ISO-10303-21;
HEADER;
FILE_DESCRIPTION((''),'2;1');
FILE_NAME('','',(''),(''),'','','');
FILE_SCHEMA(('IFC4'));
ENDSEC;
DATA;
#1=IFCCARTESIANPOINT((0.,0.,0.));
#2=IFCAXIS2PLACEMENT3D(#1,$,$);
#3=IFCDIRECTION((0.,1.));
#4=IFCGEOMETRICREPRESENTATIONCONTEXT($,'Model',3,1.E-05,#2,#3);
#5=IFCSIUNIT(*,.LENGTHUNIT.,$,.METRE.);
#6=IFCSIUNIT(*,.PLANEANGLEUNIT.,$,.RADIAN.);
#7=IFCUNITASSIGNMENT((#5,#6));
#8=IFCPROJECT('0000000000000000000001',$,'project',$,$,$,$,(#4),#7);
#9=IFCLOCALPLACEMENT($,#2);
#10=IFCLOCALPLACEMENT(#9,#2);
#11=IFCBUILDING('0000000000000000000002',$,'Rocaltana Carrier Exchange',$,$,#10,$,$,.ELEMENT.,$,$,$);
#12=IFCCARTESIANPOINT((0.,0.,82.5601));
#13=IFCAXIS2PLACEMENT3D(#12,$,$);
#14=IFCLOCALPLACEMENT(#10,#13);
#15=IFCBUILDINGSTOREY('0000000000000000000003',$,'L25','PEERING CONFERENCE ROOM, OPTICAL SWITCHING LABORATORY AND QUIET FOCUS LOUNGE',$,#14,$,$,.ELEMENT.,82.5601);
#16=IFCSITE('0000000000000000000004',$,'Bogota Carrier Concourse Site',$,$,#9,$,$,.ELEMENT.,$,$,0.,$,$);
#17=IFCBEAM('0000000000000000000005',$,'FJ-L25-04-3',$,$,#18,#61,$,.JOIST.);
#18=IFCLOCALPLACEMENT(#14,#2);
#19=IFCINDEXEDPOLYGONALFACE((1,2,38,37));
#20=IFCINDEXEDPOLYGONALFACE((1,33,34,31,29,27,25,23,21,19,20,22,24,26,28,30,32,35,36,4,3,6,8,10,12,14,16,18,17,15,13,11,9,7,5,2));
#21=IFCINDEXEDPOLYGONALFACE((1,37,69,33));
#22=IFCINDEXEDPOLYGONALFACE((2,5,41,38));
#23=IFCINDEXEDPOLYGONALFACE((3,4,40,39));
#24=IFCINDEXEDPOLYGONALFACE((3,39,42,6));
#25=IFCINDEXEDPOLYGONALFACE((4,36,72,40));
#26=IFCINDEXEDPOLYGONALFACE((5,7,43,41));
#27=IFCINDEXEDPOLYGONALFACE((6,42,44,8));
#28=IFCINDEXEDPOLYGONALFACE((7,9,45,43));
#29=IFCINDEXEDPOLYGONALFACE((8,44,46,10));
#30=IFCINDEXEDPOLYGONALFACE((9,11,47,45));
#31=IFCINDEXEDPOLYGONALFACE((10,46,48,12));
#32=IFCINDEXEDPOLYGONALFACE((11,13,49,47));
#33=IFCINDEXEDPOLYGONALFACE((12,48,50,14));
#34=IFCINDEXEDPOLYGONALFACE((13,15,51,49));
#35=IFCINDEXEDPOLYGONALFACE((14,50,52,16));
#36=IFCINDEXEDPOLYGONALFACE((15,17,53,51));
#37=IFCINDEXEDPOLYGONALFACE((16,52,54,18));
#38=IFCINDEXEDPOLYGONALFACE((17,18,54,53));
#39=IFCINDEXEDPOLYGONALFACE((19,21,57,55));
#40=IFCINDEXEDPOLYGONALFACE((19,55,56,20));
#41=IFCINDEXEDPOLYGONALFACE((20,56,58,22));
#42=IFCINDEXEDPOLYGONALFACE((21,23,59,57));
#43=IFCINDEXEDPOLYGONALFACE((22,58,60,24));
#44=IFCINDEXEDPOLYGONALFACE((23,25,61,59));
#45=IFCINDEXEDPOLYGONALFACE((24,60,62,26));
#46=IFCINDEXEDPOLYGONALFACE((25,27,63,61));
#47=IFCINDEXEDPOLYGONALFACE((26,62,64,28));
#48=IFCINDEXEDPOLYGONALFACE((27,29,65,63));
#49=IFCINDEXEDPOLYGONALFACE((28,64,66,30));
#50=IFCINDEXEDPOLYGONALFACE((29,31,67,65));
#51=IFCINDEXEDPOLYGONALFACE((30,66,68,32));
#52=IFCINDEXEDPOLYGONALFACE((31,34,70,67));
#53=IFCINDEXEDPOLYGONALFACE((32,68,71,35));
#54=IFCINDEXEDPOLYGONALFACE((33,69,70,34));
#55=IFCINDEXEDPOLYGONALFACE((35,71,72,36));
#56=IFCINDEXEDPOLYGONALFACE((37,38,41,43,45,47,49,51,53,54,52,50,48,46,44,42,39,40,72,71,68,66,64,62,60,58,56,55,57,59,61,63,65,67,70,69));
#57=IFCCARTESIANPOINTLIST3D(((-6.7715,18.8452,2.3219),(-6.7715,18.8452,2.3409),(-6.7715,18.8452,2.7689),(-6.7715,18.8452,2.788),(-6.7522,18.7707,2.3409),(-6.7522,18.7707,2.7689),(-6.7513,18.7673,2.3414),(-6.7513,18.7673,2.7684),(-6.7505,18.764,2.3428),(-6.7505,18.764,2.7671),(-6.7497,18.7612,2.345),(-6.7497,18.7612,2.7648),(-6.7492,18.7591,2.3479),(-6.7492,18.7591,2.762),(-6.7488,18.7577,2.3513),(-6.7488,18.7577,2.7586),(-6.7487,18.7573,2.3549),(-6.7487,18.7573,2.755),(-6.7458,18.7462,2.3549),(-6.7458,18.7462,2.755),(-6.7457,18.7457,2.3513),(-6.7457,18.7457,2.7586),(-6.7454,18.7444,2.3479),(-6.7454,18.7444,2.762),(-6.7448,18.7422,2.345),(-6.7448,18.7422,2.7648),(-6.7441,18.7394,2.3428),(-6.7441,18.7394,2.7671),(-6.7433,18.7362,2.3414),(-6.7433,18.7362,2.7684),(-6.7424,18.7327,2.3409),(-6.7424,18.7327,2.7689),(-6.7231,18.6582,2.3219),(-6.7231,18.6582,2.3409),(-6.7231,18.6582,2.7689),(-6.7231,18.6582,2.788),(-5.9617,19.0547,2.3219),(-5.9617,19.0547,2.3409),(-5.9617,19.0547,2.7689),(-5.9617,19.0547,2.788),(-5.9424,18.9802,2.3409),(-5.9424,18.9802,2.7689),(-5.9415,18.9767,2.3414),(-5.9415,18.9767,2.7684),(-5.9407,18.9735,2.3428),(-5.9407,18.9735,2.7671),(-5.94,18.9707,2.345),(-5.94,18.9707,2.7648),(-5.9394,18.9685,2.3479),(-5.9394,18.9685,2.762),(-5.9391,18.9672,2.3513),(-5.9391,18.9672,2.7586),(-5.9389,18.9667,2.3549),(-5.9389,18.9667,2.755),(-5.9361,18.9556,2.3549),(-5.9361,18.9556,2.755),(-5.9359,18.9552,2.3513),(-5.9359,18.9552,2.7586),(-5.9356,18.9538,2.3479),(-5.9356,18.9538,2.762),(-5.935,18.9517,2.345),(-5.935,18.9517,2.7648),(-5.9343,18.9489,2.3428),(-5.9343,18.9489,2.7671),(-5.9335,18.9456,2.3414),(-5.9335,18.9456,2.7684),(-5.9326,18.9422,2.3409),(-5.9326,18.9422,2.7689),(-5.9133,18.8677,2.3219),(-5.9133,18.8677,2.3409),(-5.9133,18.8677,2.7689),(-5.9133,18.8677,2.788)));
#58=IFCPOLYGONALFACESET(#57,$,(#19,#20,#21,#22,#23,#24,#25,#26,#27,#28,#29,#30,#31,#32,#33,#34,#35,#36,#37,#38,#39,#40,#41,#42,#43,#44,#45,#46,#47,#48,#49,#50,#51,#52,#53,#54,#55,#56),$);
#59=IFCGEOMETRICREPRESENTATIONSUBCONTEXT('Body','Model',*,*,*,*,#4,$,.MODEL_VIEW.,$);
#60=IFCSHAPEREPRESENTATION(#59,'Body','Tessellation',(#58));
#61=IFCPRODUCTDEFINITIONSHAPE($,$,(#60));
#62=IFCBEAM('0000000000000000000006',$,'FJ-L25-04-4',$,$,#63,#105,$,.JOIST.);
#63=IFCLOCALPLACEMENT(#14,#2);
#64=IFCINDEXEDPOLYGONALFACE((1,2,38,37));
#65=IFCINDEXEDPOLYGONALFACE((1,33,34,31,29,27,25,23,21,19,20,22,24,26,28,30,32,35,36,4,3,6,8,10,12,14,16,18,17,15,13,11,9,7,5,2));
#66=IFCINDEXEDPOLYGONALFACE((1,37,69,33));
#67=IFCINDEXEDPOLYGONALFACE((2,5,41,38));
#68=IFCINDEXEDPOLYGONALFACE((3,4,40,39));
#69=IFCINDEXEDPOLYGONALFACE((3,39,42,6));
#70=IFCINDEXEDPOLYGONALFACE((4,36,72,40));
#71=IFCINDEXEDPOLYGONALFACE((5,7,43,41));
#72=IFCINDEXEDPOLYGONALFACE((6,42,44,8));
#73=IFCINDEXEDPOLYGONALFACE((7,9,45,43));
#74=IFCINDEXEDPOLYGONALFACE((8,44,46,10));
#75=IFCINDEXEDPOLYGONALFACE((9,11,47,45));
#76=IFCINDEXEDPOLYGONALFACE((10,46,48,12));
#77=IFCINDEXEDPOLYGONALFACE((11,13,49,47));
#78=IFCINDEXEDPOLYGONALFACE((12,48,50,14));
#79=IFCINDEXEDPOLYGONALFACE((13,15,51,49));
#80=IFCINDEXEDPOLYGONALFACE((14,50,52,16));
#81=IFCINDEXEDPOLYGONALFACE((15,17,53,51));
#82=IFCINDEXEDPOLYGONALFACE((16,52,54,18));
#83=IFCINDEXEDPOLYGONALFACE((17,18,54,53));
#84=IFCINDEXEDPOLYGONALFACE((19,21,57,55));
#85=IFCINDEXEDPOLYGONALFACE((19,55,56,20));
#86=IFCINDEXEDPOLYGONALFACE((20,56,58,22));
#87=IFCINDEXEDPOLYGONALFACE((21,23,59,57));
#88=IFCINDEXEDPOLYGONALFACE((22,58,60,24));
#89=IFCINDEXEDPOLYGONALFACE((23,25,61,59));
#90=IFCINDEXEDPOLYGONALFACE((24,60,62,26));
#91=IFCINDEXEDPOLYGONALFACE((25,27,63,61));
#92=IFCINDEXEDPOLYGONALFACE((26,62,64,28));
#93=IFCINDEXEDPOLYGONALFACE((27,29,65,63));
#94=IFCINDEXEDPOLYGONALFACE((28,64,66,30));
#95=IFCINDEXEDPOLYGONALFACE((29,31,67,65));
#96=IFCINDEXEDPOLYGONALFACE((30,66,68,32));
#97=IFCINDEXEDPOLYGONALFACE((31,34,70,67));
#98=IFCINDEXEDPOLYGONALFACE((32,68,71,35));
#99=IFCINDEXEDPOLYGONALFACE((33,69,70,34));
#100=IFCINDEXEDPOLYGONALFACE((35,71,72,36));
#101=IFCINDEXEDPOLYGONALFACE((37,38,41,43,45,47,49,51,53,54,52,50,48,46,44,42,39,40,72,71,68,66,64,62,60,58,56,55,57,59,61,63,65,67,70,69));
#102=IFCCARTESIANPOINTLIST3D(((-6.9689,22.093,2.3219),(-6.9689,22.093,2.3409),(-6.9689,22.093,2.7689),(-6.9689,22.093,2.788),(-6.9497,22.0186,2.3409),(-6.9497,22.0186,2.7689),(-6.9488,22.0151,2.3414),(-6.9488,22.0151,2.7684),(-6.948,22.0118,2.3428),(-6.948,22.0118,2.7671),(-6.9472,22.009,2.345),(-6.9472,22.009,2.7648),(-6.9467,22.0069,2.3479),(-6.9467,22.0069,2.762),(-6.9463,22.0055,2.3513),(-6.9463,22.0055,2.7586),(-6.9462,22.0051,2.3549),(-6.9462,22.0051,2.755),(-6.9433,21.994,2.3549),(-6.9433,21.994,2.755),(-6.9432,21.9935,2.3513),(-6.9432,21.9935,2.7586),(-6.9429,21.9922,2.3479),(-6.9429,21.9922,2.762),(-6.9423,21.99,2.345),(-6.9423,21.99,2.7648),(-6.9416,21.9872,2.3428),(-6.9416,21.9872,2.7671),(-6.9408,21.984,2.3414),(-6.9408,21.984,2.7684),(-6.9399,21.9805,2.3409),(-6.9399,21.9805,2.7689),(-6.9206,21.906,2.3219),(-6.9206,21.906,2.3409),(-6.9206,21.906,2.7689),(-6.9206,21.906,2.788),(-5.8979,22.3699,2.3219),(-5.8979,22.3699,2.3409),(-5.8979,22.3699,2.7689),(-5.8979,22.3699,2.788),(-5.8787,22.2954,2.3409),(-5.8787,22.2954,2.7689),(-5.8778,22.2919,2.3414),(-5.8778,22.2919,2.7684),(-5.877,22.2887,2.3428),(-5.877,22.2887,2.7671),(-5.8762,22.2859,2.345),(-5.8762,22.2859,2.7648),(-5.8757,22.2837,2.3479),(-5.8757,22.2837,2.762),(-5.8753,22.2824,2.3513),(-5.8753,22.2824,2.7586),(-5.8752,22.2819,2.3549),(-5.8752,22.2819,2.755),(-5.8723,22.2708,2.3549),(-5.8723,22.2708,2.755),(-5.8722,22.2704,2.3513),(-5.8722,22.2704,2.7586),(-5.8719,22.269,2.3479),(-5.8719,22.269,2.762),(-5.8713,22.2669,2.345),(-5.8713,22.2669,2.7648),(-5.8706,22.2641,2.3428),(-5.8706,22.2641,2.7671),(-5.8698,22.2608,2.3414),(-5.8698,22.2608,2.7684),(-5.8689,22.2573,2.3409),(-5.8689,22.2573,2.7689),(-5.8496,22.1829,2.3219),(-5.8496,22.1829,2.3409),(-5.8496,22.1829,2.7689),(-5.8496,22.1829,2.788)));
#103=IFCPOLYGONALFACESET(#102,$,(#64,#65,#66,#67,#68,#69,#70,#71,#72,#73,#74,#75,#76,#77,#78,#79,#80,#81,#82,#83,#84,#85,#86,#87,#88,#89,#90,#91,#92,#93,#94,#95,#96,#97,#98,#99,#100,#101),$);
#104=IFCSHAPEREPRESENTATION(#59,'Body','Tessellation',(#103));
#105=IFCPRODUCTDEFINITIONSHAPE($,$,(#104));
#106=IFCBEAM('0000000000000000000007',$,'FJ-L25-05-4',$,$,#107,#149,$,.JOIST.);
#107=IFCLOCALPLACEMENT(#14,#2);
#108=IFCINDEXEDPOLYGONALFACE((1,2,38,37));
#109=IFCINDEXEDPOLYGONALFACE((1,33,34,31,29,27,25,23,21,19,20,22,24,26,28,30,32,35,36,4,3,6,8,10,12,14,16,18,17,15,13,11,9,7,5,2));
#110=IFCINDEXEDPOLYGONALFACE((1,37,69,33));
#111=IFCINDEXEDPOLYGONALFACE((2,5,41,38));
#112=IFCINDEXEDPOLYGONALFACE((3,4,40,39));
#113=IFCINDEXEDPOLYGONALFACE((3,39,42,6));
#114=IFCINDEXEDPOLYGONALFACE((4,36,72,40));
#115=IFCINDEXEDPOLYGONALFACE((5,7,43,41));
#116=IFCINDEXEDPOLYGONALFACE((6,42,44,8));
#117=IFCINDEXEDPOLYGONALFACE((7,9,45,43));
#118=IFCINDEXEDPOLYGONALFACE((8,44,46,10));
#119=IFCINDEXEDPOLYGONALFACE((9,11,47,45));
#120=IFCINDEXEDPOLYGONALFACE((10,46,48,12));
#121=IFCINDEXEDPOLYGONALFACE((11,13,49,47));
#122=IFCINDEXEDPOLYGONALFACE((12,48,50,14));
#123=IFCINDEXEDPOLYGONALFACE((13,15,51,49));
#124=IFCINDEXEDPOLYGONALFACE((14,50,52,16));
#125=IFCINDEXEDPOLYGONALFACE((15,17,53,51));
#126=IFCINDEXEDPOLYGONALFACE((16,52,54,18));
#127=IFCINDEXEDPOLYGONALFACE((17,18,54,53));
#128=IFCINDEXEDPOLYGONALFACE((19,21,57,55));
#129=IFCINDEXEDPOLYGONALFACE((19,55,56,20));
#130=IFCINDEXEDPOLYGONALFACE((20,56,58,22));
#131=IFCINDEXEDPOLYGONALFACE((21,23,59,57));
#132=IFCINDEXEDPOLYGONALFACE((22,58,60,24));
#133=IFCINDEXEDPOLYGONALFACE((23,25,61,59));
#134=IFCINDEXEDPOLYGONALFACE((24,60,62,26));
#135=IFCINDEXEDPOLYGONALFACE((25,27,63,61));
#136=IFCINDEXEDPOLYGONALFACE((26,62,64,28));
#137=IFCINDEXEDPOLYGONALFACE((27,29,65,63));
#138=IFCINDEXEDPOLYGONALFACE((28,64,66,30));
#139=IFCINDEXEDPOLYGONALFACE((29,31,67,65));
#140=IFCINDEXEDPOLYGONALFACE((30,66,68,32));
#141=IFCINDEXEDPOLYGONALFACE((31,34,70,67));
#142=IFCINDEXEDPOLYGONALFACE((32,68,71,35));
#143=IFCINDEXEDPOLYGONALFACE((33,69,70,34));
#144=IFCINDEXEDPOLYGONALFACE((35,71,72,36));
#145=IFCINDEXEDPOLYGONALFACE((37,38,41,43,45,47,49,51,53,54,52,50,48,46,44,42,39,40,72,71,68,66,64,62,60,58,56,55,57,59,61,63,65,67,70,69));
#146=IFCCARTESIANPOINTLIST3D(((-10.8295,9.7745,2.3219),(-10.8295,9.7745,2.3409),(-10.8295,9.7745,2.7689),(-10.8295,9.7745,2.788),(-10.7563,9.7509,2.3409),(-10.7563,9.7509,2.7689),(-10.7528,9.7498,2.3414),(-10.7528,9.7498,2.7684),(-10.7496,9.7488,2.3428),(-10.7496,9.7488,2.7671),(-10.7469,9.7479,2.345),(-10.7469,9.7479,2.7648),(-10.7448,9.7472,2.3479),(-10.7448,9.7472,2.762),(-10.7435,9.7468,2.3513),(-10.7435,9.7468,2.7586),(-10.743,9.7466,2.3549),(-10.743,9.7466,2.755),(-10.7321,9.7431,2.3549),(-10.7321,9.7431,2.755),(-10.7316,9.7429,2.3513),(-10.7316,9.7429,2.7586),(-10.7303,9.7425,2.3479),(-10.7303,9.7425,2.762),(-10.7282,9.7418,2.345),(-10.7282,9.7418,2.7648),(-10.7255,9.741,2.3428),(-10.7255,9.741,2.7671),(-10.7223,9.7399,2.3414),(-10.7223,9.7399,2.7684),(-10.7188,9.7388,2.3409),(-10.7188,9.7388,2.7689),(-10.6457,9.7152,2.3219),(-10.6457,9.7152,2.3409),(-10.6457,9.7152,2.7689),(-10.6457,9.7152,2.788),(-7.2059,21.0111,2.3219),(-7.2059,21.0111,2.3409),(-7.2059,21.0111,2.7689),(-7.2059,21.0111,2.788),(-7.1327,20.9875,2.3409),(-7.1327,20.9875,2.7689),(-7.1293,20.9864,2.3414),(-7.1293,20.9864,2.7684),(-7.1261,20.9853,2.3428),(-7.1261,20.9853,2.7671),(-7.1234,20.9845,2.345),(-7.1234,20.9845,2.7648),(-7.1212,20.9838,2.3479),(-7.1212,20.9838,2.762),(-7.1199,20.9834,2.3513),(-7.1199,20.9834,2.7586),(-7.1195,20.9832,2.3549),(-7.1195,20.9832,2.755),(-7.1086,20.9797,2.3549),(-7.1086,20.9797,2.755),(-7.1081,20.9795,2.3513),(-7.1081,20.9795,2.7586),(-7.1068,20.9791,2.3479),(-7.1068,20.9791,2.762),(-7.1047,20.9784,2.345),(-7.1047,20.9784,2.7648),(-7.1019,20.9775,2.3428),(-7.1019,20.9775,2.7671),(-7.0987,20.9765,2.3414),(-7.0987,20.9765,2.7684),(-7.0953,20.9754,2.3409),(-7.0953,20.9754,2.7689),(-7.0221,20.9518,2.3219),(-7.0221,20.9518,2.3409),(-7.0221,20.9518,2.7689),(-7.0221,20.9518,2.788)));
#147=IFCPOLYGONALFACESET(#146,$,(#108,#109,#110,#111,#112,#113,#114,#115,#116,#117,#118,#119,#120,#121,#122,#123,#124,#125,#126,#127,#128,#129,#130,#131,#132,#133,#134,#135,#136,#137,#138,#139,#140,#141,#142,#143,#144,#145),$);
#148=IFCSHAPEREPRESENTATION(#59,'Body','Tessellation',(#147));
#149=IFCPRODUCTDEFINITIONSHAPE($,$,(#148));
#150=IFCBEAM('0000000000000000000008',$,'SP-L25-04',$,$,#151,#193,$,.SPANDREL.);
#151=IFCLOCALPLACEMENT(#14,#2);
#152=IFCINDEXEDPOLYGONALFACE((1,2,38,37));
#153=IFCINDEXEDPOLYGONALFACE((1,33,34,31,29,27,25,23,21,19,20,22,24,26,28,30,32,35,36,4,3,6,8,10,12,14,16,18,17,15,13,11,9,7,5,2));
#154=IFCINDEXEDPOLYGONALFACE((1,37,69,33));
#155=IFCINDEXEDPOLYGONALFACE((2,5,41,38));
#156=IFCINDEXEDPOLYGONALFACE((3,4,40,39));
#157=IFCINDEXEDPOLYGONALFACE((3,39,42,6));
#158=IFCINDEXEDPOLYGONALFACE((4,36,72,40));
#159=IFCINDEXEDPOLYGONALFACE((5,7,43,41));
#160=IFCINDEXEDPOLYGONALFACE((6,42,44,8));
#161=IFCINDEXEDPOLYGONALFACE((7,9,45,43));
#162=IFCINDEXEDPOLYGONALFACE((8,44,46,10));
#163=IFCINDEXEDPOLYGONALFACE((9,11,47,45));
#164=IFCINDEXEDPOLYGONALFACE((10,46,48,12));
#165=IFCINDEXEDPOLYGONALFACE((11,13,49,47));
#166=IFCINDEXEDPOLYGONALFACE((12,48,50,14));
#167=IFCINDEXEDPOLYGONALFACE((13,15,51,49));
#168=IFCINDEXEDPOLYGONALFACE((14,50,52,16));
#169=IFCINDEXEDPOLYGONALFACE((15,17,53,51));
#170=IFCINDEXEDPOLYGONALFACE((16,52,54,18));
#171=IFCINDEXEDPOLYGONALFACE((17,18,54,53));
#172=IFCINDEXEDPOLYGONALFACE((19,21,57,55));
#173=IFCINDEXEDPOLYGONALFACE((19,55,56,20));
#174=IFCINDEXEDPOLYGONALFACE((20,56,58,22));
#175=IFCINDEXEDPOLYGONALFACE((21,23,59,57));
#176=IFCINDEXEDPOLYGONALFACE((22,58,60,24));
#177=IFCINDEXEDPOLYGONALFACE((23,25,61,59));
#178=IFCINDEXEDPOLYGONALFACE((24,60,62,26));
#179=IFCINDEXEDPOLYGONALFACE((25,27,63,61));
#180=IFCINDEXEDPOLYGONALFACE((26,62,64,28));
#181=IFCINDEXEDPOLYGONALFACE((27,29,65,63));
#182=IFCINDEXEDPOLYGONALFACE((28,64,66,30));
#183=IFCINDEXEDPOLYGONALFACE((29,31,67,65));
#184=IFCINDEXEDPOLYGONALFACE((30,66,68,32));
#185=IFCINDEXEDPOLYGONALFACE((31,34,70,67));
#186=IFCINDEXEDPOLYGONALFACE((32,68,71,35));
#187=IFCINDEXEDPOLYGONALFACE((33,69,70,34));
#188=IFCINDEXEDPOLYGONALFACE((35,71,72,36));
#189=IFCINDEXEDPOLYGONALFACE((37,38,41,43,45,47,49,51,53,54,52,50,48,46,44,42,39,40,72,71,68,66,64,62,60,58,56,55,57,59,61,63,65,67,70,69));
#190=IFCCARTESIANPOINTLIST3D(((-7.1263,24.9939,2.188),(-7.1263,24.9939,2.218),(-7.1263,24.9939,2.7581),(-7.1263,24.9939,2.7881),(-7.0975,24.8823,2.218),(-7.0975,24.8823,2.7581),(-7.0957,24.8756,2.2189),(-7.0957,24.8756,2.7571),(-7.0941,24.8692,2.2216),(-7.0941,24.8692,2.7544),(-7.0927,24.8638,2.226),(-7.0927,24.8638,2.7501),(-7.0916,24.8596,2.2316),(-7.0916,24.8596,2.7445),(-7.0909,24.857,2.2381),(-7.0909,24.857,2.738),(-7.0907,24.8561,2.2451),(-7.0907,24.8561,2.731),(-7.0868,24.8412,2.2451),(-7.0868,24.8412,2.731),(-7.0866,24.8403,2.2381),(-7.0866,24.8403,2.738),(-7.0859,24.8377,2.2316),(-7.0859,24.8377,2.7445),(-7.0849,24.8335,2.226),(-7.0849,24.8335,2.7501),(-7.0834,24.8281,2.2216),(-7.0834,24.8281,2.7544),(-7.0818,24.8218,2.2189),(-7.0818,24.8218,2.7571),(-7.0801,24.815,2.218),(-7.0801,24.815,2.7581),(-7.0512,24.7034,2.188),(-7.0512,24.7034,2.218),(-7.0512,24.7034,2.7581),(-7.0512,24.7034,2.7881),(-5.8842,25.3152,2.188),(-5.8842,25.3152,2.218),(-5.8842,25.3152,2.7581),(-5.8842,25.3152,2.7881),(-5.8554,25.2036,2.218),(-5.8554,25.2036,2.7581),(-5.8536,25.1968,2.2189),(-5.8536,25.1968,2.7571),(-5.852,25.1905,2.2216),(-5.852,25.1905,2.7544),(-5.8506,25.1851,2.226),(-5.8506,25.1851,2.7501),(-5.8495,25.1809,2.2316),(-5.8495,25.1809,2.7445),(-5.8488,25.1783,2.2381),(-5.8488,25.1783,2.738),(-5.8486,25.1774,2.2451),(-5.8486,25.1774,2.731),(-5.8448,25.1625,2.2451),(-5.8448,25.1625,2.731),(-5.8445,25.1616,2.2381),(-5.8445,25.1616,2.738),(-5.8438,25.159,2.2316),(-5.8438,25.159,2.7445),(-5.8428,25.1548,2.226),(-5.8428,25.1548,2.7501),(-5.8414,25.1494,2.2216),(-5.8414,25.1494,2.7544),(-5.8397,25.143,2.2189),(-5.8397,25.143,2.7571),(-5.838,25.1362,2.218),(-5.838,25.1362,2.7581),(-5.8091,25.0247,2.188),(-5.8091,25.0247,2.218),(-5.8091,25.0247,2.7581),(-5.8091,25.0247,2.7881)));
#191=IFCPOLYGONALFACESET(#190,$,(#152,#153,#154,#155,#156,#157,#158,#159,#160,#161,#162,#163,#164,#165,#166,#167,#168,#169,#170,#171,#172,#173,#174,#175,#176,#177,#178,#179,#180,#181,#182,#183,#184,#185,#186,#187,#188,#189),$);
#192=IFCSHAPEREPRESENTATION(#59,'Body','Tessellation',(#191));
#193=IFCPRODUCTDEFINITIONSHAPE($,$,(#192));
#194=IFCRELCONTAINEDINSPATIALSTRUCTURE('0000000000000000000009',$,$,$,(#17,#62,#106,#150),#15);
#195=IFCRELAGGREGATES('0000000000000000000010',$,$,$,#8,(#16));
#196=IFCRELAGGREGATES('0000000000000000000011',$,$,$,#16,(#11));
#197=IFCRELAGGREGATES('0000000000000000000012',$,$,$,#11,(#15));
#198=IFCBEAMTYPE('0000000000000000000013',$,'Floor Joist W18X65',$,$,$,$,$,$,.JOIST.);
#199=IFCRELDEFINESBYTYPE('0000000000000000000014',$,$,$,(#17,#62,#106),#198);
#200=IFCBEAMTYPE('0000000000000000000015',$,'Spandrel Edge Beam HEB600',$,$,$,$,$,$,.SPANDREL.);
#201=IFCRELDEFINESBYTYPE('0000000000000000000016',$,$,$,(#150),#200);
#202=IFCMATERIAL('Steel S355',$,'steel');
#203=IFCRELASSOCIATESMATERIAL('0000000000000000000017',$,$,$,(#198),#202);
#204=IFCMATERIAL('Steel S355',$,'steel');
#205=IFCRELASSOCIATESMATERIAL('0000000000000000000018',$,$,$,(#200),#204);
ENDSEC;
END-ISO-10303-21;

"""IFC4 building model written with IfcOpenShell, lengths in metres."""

from ifc_helpers import new_model, si_unit, direction, frame, origin, origin_2d, place, context, subcontext, project, spatial, i_section, extrude, material, material_profile, profile_set, type_object, element, save


model = new_model("IFC4")

# Units and contexts
model_context = context("Model", 3, precision=1e-05, world=origin(), true_north=direction((0.0, 1.0)))
body_context = subcontext(model_context, "Body", "Model", "MODEL_VIEW")
ifc_project = project(units=[si_unit("LENGTHUNIT", "METRE"), si_unit("PLANEANGLEUNIT", "RADIAN")], contexts=[model_context])

# Site, building, storey
site_placement = place(None, origin())
site = spatial("IfcSite", under=ifc_project, at=site_placement, Name="Bogota Carrier Concourse Site", CompositionType="ELEMENT", RefElevation=0.0)
building_placement = place(site_placement, origin())
building = spatial("IfcBuilding", under=site, at=building_placement, Name="Rocaltana Carrier Exchange", CompositionType="ELEMENT")
storey_placement = place(building_placement, frame((0.0, 0.0, 82.5601)))
storey = spatial("IfcBuildingStorey", under=building, at=storey_placement, Name="L25", Description="PEERING CONFERENCE ROOM, OPTICAL SWITCHING LABORATORY AND QUIET FOCUS LOUNGE", CompositionType="ELEMENT", Elevation=82.5601)

# Beams
ifc_material_1 = material(Name="Steel S355", Category="steel")
ifc_material_profile_1 = material_profile(ifc_material_1, i_section(OverallWidth=0.1931, OverallDepth=0.4661, WebThickness=0.0115, FlangeThickness=0.019, FilletRadius=0.0139, at=origin_2d()), Name="W18X65")
ifc_profile_set_1 = profile_set([ifc_material_profile_1], Name="Steel S355")
beam_type_1 = type_object("IfcBeamType", Name="Floor Joist W18X65", PredefinedType="JOIST", material=ifc_profile_set_1)
beam_1_placement = place(storey_placement, frame((-5.9375, 18.9612, 2.5549), z_axis=(-0.968136, -0.250425, 0.0), x_axis=(0.250425, -0.968136, 0.0)))
element("IfcBeam", 1, at=beam_1_placement, inside=storey, type_object=beam_type_1, Name="FJ-L25-04-3", PredefinedType="JOIST", context=body_context, shape_type="SweptSolid", body=[
    extrude(i_section(OverallWidth=0.1931, OverallDepth=0.4661, WebThickness=0.0115, FlangeThickness=0.019, FilletRadius=0.0139, at=origin_2d()), origin(), (0.0, 0.0, 1.0), 0.8364),
])
beam_2_placement = place(storey_placement, frame((-5.8738, 22.2764, 2.5549), z_axis=(-0.968177, -0.250265, 0.0), x_axis=(0.250265, -0.968177, 0.0)))
element("IfcBeam", 2, at=beam_2_placement, inside=storey, type_object=beam_type_1, Name="FJ-L25-04-4", PredefinedType="JOIST", context=body_context, shape_type="SweptSolid", body=[
    extrude(i_section(OverallWidth=0.1931, OverallDepth=0.4661, WebThickness=0.0115, FlangeThickness=0.019, FilletRadius=0.0139, at=origin_2d()), origin(), (0.0, 0.0, 1.0), 1.1062),
])
beam_3_placement = place(storey_placement, frame((-7.114, 20.9814, 2.5549), z_axis=(-0.306913, -0.951737, 0.0), x_axis=(0.951737, -0.306913, 0.0)))
element("IfcBeam", 3, at=beam_3_placement, inside=storey, type_object=beam_type_1, Name="FJ-L25-05-4", PredefinedType="JOIST", context=body_context, shape_type="SweptSolid", body=[
    extrude(i_section(OverallWidth=0.1931, OverallDepth=0.4661, WebThickness=0.0115, FlangeThickness=0.019, FilletRadius=0.0139, at=origin_2d()), origin(), (0.0, 0.0, 1.0), 11.8064),
])
ifc_material_2 = material(Name="Steel S355", Category="steel")
ifc_material_profile_2 = material_profile(ifc_material_2, i_section(OverallWidth=0.3, OverallDepth=0.6001, WebThickness=0.0154, FlangeThickness=0.03, FilletRadius=0.0271, at=origin_2d()), Name="HEB600")
ifc_profile_set_2 = profile_set([ifc_material_profile_2], Name="Steel S355")
beam_type_2 = type_object("IfcBeamType", Name="Spandrel Edge Beam HEB600", PredefinedType="SPANDREL", material=ifc_profile_set_2)
beam_4_placement = place(storey_placement, frame((-5.8467, 25.1699, 2.488), z_axis=(-0.968141, -0.250407, 0.0), x_axis=(0.250407, -0.968141, 0.0)))
element("IfcBeam", 4, at=beam_4_placement, inside=storey, type_object=beam_type_2, Name="SP-L25-04", PredefinedType="SPANDREL", context=body_context, shape_type="SweptSolid", body=[
    extrude(i_section(OverallWidth=0.3, OverallDepth=0.6001, WebThickness=0.0154, FlangeThickness=0.03, FilletRadius=0.0271, at=origin_2d()), origin(), (0.0, 0.0, 1.0), 1.283),
])

save(model, "model.ifc")
